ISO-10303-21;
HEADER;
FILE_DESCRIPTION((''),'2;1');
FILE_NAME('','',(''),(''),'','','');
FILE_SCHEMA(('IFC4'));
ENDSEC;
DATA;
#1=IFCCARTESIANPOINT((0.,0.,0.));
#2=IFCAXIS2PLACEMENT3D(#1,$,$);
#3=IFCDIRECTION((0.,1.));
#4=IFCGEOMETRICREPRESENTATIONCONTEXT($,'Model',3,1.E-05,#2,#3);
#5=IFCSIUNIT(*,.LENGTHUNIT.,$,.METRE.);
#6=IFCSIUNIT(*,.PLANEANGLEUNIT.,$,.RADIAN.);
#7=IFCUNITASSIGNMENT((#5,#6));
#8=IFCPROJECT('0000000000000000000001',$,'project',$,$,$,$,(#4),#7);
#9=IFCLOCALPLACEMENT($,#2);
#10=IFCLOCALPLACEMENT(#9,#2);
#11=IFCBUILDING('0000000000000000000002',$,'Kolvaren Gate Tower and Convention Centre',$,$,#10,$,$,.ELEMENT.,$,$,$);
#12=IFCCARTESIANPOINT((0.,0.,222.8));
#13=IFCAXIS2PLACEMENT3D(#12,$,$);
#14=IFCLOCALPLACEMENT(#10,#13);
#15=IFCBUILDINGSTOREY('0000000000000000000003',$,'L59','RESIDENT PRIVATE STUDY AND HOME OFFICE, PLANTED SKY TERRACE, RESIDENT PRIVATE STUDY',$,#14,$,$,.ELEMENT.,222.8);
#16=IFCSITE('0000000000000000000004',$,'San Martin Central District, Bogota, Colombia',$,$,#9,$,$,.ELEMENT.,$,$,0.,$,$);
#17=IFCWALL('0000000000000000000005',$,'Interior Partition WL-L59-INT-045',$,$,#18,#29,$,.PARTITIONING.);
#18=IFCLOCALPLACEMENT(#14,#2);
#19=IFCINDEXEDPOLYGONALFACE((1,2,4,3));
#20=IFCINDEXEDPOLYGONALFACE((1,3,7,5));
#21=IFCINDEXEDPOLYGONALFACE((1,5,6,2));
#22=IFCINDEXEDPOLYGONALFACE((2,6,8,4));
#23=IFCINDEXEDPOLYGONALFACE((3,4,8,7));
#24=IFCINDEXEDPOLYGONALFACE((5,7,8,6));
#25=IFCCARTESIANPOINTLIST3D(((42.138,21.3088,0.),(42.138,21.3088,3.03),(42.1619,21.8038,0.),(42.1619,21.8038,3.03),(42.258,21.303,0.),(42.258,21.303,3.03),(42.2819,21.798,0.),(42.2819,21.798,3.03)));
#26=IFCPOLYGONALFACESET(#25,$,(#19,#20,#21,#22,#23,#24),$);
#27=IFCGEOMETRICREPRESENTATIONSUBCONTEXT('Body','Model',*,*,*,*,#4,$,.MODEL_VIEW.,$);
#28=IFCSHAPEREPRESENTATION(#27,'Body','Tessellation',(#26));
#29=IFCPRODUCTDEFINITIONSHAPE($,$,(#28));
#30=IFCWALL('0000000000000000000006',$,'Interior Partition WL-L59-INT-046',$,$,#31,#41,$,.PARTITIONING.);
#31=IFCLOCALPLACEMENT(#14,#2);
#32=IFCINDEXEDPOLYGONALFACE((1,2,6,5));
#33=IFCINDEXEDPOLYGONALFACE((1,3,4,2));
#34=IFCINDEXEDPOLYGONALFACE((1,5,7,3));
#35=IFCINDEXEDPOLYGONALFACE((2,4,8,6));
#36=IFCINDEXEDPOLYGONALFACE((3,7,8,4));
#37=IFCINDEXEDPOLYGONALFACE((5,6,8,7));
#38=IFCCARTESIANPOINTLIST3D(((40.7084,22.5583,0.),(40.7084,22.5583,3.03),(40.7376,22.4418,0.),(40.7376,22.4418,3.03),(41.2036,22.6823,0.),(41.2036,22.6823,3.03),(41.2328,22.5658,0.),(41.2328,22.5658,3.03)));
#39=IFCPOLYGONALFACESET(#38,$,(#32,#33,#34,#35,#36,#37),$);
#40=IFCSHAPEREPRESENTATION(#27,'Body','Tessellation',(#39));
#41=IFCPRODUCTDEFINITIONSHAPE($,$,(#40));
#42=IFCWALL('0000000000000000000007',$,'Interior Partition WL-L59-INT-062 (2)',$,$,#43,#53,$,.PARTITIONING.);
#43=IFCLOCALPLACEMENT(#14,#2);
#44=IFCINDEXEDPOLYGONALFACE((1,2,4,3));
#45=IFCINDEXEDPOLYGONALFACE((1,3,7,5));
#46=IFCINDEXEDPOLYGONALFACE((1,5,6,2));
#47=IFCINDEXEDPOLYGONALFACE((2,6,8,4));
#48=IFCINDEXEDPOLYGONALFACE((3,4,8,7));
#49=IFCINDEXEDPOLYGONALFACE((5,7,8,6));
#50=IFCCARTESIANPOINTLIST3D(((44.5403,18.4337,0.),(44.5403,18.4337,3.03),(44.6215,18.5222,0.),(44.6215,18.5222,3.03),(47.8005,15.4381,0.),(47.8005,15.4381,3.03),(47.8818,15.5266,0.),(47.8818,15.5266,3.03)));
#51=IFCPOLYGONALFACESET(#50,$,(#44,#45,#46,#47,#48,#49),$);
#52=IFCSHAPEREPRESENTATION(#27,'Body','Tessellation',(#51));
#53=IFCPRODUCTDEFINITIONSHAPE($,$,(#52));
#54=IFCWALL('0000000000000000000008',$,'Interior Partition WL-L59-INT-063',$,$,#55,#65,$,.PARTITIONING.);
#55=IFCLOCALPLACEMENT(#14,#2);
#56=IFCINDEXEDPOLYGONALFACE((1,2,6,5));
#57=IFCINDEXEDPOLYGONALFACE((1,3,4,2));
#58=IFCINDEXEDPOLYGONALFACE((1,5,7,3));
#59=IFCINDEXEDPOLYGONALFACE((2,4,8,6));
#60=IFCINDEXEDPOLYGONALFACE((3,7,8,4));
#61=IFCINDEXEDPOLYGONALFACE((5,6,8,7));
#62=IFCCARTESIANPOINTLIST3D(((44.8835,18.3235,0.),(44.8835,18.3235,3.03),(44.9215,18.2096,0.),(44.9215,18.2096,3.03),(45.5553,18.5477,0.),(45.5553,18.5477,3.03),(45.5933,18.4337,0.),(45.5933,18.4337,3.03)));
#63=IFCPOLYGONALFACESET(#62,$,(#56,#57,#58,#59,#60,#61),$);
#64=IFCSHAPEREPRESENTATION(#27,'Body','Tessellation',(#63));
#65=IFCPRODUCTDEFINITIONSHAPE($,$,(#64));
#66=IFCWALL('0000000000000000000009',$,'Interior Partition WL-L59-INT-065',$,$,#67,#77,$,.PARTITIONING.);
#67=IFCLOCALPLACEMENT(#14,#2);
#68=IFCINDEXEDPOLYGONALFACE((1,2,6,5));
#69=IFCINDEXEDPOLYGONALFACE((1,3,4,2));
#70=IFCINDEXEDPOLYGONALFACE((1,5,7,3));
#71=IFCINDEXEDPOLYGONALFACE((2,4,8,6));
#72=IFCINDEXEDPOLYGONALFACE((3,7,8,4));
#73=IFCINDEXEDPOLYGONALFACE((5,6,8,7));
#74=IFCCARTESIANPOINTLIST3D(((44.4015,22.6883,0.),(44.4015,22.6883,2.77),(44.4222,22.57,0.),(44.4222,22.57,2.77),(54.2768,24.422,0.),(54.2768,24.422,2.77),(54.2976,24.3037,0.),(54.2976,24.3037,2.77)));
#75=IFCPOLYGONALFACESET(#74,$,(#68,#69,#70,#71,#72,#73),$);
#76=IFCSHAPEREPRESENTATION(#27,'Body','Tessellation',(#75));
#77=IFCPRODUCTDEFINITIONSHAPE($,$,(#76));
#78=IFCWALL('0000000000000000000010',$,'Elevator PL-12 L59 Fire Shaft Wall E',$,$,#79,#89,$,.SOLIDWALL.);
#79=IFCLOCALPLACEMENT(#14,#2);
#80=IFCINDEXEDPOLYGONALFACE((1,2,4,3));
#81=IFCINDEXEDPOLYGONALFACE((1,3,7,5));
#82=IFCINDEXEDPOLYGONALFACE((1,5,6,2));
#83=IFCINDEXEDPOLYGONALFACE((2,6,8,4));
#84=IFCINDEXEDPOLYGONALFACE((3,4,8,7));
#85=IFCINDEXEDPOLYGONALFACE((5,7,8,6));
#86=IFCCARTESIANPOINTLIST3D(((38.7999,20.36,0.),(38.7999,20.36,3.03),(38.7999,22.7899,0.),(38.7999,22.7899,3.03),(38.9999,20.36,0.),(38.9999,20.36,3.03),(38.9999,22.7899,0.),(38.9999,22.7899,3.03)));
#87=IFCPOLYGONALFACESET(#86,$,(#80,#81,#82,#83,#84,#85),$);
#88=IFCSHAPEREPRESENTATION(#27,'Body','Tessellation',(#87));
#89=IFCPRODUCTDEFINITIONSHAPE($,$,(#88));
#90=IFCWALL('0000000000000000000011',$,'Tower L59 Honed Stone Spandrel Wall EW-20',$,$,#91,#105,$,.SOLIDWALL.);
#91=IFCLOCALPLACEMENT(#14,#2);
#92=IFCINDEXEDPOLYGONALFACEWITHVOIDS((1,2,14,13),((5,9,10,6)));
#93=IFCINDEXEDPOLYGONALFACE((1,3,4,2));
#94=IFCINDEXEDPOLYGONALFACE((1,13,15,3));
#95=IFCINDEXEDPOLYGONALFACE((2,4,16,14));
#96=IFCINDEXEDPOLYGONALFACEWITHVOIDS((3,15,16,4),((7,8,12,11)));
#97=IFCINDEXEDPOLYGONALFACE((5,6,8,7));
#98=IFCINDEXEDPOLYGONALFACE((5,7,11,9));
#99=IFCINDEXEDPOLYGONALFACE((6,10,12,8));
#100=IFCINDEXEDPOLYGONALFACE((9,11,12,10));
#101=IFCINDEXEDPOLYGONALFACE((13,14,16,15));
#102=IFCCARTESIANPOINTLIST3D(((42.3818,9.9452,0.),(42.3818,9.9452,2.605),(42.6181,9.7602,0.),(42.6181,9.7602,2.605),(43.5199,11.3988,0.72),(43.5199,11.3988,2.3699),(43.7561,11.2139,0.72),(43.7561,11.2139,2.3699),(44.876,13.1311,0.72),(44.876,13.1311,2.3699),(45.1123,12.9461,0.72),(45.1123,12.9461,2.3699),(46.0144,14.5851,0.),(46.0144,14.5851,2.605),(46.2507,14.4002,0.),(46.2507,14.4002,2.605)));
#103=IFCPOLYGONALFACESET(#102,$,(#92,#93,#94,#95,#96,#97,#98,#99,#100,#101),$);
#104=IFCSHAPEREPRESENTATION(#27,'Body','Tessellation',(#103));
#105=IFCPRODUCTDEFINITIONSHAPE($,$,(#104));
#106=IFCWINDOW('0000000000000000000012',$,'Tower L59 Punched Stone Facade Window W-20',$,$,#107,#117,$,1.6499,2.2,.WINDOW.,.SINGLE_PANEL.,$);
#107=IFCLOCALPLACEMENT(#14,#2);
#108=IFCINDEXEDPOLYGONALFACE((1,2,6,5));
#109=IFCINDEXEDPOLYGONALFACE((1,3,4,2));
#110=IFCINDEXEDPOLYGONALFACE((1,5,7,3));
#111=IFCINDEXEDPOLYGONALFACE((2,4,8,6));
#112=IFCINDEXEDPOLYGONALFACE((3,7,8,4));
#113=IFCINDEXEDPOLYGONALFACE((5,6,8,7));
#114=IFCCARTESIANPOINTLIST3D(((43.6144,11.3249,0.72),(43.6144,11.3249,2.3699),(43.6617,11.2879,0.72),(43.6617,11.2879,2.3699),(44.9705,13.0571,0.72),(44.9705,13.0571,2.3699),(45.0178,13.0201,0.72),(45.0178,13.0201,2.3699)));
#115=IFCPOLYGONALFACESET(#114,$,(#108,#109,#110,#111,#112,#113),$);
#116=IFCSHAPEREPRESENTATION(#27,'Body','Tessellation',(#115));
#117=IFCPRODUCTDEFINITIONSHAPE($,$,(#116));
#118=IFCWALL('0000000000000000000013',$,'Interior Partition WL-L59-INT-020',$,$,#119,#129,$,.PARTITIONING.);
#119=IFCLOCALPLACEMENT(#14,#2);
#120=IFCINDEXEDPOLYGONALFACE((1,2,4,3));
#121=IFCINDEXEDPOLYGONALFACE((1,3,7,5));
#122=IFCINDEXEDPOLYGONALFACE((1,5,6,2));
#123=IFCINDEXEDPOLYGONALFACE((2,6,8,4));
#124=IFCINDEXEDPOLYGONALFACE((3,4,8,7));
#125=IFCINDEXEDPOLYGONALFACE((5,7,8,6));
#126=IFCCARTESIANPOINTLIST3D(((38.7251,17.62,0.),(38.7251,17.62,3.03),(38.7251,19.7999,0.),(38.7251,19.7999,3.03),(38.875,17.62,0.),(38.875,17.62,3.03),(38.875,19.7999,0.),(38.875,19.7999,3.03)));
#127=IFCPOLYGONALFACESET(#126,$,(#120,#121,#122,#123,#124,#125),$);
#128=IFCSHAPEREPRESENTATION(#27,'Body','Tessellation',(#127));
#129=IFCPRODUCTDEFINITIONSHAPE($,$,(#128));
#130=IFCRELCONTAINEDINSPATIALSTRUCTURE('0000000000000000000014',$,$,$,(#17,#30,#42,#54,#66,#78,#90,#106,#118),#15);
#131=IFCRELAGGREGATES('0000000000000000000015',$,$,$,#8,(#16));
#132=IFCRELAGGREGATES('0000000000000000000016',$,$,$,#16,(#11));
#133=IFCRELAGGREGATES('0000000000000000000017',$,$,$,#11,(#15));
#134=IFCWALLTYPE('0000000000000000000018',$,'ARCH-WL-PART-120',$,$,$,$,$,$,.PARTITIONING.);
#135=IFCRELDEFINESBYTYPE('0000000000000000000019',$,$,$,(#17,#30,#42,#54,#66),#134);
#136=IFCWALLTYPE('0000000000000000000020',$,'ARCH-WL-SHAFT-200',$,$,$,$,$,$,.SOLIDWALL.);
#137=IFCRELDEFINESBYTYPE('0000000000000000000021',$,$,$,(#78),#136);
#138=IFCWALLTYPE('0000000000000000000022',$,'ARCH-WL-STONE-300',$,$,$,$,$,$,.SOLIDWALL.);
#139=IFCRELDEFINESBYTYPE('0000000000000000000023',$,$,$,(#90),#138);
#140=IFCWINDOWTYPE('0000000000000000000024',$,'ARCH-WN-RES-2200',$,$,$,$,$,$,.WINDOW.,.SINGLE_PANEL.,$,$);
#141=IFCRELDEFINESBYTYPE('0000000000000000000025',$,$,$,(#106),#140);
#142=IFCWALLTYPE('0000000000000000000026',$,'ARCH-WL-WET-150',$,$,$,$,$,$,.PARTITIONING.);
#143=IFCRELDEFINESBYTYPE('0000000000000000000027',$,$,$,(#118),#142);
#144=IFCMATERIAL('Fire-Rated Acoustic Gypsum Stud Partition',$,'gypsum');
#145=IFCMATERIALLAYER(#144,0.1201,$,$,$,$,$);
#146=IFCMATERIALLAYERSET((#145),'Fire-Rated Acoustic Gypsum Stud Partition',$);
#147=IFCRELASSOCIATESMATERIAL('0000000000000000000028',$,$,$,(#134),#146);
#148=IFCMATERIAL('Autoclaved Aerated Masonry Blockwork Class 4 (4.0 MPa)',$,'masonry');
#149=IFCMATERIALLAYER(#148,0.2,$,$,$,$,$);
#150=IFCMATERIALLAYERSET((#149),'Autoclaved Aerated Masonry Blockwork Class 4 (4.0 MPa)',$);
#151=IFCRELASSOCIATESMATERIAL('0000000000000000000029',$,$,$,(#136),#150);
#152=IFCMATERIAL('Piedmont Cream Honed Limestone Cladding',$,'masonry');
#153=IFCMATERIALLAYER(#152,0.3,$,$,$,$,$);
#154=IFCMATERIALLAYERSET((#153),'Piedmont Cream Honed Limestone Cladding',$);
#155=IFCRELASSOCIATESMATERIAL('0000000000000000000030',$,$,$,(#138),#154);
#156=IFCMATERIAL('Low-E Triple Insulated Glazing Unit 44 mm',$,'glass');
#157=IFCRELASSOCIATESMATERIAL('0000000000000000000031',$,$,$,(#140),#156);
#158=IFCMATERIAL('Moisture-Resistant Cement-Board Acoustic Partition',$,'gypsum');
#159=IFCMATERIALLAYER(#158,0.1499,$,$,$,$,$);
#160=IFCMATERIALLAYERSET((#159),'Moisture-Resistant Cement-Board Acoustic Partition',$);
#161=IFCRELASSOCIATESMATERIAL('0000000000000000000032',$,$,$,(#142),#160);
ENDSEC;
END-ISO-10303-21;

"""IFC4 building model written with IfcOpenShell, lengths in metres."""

from ifc_helpers import new_model, si_unit, direction, frame, frame_2d, origin, place, context, subcontext, project, spatial, rectangle, extrude, material, layer, layer_set, type_object, element, fill, save


model = new_model("IFC4")

# Units and contexts
model_context = context("Model", 3, precision=1e-05, world=origin(), true_north=direction((0.0, 1.0)))
body_context = subcontext(model_context, "Body", "Model", "MODEL_VIEW")
ifc_project = project(units=[si_unit("LENGTHUNIT", "METRE"), si_unit("PLANEANGLEUNIT", "RADIAN")], contexts=[model_context])

# Site, building, storey
site_placement = place(None, origin())
site = spatial("IfcSite", under=ifc_project, at=site_placement, Name="San Martin Central District, Bogota, Colombia", CompositionType="ELEMENT", RefElevation=0.0)
building_placement = place(site_placement, origin())
building = spatial("IfcBuilding", under=site, at=building_placement, Name="Kolvaren Gate Tower and Convention Centre", CompositionType="ELEMENT")
storey_placement = place(building_placement, frame((0.0, 0.0, 222.8)))
storey = spatial("IfcBuildingStorey", under=building, at=storey_placement, Name="L59", Description="RESIDENT PRIVATE STUDY AND HOME OFFICE, PLANTED SKY TERRACE, RESIDENT PRIVATE STUDY", CompositionType="ELEMENT", Elevation=222.8)

# Walls
ifc_material_1 = material(Name="Fire-Rated Acoustic Gypsum Stud Partition", Category="gypsum")
ifc_layer_1 = layer(ifc_material_1, 0.1201)
ifc_layer_set_1 = layer_set([ifc_layer_1], Name="Fire-Rated Acoustic Gypsum Stud Partition")
wall_type_1 = type_object("IfcWallType", Name="ARCH-WL-PART-120", PredefinedType="PARTITIONING", material=ifc_layer_set_1)
wall_1_placement = place(storey_placement, frame((42.198, 21.3059, 0.0), z_axis=(0.0, 0.0, 1.0), x_axis=(0.048267, 0.998834, 0.0)))
element("IfcWall", 1, at=wall_1_placement, inside=storey, type_object=wall_type_1, Name="Interior Partition WL-L59-INT-045", PredefinedType="PARTITIONING", context=body_context, shape_type="SweptSolid", body=[
    extrude(rectangle(XDim=0.4956, YDim=0.1201, at=frame_2d((0.2478, 0.0))), origin(), (0.0, 0.0, 1.0), 3.03),
])
wall_2_placement = place(storey_placement, frame((40.7229, 22.5, 0.0), z_axis=(0.0, 0.0, 1.0), x_axis=(0.97003, 0.242986, 0.0)))
element("IfcWall", 2, at=wall_2_placement, inside=storey, type_object=wall_type_1, Name="Interior Partition WL-L59-INT-046", PredefinedType="PARTITIONING", context=body_context, shape_type="SweptSolid", body=[
    extrude(rectangle(XDim=0.5105, YDim=0.1201, at=frame_2d((0.2554, 0.0))), origin(), (0.0, 0.0, 1.0), 3.03),
])
wall_3_placement = place(storey_placement, frame((44.5808, 18.478, 0.0), z_axis=(0.0, 0.0, 1.0), x_axis=(0.736362, -0.676588, 0.0)))
element("IfcWall", 3, at=wall_3_placement, inside=storey, type_object=wall_type_1, Name="Interior Partition WL-L59-INT-062 (2)", PredefinedType="PARTITIONING", context=body_context, shape_type="SweptSolid", body=[
    extrude(rectangle(XDim=4.4275, YDim=0.1201, at=frame_2d((2.2139, 0.0))), origin(), (0.0, 0.0, 1.0), 3.03),
])
wall_4_placement = place(storey_placement, frame((44.9026, 18.2666, 0.0), z_axis=(0.0, 0.0, 1.0), x_axis=(0.948614, 0.316435, 0.0)))
element("IfcWall", 4, at=wall_4_placement, inside=storey, type_object=wall_type_1, Name="Interior Partition WL-L59-INT-063", PredefinedType="PARTITIONING", context=body_context, shape_type="SweptSolid", body=[
    extrude(rectangle(XDim=0.7083, YDim=0.1201, at=frame_2d((0.354, 0.0))), origin(), (0.0, 0.0, 1.0), 3.03),
])
wall_5_placement = place(storey_placement, frame((44.4119, 22.6292, 0.0), z_axis=(0.0, 0.0, 1.0), x_axis=(0.984938, 0.17291, 0.0)))
element("IfcWall", 5, at=wall_5_placement, inside=storey, type_object=wall_type_1, Name="Interior Partition WL-L59-INT-065", PredefinedType="PARTITIONING", context=body_context, shape_type="SweptSolid", body=[
    extrude(rectangle(XDim=10.0264, YDim=0.1201, at=frame_2d((5.0132, 0.0))), origin(), (0.0, 0.0, 1.0), 2.77),
])
ifc_material_2 = material(Name="Autoclaved Aerated Masonry Blockwork Class 4 (4.0 MPa)", Category="masonry")
ifc_layer_2 = layer(ifc_material_2, 0.2)
ifc_layer_set_2 = layer_set([ifc_layer_2], Name="Autoclaved Aerated Masonry Blockwork Class 4 (4.0 MPa)")
wall_type_2 = type_object("IfcWallType", Name="ARCH-WL-SHAFT-200", PredefinedType="SOLIDWALL", material=ifc_layer_set_2)
wall_6_placement = place(storey_placement, frame((38.8999, 20.3601, 0.0), z_axis=(0.0, 0.0, 1.0), x_axis=(0.0, 1.0, 0.0)))
element("IfcWall", 6, at=wall_6_placement, inside=storey, type_object=wall_type_2, Name="Elevator PL-12 L59 Fire Shaft Wall E", PredefinedType="SOLIDWALL", context=body_context, shape_type="SweptSolid", body=[
    extrude(rectangle(XDim=2.4299, YDim=0.2, at=frame_2d((1.2148, 0.0))), origin(), (0.0, 0.0, 1.0), 3.03),
])

# Wall, opening, window
ifc_material_3 = material(Name="Piedmont Cream Honed Limestone Cladding", Category="masonry")
ifc_layer_3 = layer(ifc_material_3, 0.3)
ifc_layer_set_3 = layer_set([ifc_layer_3], Name="Piedmont Cream Honed Limestone Cladding")
wall_type_3 = type_object("IfcWallType", Name="ARCH-WL-STONE-300", PredefinedType="SOLIDWALL", material=ifc_layer_set_3)
wall_7_placement = place(storey_placement, frame((42.5, 9.8528, 0.0), z_axis=(0.0, 0.0, 1.0), x_axis=(0.61645, 0.787394, 0.0)))
wall_7 = element("IfcWall", 7, at=wall_7_placement, inside=storey, type_object=wall_type_3, Name="Tower L59 Honed Stone Spandrel Wall EW-20", PredefinedType="SOLIDWALL", context=body_context, shape_type="SweptSolid", body=[
    extrude(rectangle(XDim=5.8928, YDim=0.3, at=frame_2d((2.9463, 0.0))), origin(), (0.0, 0.0, 1.0), 2.605),
])
opening_placement = place(wall_7_placement, frame((1.8459, 0.0, 0.72)))
opening = element("IfcOpeningElement", 8, at=opening_placement, cuts=wall_7, PredefinedType="OPENING", context=body_context, shape_type="SweptSolid", body=[
    extrude(rectangle(XDim=2.2, YDim=1.6499, at=frame_2d((1.1001, 0.825))), frame((0.0, 0.1599, 0.0), z_axis=(0.0, -1.0, 0.0), x_axis=(1.0, 0.0, 0.0)), (0.0, 0.0, 1.0), 0.3201),
])
ifc_material_4 = material(Name="Low-E Triple Insulated Glazing Unit 44 mm", Category="glass")
window_type = type_object("IfcWindowType", Name="ARCH-WN-RES-2200", PartitioningType="SINGLE_PANEL", PredefinedType="WINDOW", material=ifc_material_4)
window_placement = place(opening_placement, origin())
window = element("IfcWindow", 9, at=window_placement, inside=storey, type_object=window_type, Name="Tower L59 Punched Stone Facade Window W-20", OverallHeight=1.6499, OverallWidth=2.2, PartitioningType="SINGLE_PANEL", PredefinedType="WINDOW", context=body_context, shape_type="SweptSolid", body=[
    extrude(rectangle(XDim=2.2, YDim=1.6499, at=frame_2d((1.1001, 0.825))), frame((0.0, 0.03, 0.0), z_axis=(0.0, -1.0, 0.0), x_axis=(1.0, 0.0, 0.0)), (0.0, 0.0, 1.0), 0.0601),
])
fill(opening, window)

# Wall
ifc_material_5 = material(Name="Moisture-Resistant Cement-Board Acoustic Partition", Category="gypsum")
ifc_layer_4 = layer(ifc_material_5, 0.1499)
ifc_layer_set_4 = layer_set([ifc_layer_4], Name="Moisture-Resistant Cement-Board Acoustic Partition")
wall_type_4 = type_object("IfcWallType", Name="ARCH-WL-WET-150", PredefinedType="PARTITIONING", material=ifc_layer_set_4)
wall_8_placement = place(storey_placement, frame((38.8, 17.6201, 0.0), z_axis=(0.0, 0.0, 1.0), x_axis=(0.0, 1.0, 0.0)))
element("IfcWall", 10, at=wall_8_placement, inside=storey, type_object=wall_type_4, Name="Interior Partition WL-L59-INT-020", PredefinedType="PARTITIONING", context=body_context, shape_type="SweptSolid", body=[
    extrude(rectangle(XDim=2.1799, YDim=0.1499, at=frame_2d((1.0898, 0.0))), origin(), (0.0, 0.0, 1.0), 3.03),
])

save(model, "model.ifc")
